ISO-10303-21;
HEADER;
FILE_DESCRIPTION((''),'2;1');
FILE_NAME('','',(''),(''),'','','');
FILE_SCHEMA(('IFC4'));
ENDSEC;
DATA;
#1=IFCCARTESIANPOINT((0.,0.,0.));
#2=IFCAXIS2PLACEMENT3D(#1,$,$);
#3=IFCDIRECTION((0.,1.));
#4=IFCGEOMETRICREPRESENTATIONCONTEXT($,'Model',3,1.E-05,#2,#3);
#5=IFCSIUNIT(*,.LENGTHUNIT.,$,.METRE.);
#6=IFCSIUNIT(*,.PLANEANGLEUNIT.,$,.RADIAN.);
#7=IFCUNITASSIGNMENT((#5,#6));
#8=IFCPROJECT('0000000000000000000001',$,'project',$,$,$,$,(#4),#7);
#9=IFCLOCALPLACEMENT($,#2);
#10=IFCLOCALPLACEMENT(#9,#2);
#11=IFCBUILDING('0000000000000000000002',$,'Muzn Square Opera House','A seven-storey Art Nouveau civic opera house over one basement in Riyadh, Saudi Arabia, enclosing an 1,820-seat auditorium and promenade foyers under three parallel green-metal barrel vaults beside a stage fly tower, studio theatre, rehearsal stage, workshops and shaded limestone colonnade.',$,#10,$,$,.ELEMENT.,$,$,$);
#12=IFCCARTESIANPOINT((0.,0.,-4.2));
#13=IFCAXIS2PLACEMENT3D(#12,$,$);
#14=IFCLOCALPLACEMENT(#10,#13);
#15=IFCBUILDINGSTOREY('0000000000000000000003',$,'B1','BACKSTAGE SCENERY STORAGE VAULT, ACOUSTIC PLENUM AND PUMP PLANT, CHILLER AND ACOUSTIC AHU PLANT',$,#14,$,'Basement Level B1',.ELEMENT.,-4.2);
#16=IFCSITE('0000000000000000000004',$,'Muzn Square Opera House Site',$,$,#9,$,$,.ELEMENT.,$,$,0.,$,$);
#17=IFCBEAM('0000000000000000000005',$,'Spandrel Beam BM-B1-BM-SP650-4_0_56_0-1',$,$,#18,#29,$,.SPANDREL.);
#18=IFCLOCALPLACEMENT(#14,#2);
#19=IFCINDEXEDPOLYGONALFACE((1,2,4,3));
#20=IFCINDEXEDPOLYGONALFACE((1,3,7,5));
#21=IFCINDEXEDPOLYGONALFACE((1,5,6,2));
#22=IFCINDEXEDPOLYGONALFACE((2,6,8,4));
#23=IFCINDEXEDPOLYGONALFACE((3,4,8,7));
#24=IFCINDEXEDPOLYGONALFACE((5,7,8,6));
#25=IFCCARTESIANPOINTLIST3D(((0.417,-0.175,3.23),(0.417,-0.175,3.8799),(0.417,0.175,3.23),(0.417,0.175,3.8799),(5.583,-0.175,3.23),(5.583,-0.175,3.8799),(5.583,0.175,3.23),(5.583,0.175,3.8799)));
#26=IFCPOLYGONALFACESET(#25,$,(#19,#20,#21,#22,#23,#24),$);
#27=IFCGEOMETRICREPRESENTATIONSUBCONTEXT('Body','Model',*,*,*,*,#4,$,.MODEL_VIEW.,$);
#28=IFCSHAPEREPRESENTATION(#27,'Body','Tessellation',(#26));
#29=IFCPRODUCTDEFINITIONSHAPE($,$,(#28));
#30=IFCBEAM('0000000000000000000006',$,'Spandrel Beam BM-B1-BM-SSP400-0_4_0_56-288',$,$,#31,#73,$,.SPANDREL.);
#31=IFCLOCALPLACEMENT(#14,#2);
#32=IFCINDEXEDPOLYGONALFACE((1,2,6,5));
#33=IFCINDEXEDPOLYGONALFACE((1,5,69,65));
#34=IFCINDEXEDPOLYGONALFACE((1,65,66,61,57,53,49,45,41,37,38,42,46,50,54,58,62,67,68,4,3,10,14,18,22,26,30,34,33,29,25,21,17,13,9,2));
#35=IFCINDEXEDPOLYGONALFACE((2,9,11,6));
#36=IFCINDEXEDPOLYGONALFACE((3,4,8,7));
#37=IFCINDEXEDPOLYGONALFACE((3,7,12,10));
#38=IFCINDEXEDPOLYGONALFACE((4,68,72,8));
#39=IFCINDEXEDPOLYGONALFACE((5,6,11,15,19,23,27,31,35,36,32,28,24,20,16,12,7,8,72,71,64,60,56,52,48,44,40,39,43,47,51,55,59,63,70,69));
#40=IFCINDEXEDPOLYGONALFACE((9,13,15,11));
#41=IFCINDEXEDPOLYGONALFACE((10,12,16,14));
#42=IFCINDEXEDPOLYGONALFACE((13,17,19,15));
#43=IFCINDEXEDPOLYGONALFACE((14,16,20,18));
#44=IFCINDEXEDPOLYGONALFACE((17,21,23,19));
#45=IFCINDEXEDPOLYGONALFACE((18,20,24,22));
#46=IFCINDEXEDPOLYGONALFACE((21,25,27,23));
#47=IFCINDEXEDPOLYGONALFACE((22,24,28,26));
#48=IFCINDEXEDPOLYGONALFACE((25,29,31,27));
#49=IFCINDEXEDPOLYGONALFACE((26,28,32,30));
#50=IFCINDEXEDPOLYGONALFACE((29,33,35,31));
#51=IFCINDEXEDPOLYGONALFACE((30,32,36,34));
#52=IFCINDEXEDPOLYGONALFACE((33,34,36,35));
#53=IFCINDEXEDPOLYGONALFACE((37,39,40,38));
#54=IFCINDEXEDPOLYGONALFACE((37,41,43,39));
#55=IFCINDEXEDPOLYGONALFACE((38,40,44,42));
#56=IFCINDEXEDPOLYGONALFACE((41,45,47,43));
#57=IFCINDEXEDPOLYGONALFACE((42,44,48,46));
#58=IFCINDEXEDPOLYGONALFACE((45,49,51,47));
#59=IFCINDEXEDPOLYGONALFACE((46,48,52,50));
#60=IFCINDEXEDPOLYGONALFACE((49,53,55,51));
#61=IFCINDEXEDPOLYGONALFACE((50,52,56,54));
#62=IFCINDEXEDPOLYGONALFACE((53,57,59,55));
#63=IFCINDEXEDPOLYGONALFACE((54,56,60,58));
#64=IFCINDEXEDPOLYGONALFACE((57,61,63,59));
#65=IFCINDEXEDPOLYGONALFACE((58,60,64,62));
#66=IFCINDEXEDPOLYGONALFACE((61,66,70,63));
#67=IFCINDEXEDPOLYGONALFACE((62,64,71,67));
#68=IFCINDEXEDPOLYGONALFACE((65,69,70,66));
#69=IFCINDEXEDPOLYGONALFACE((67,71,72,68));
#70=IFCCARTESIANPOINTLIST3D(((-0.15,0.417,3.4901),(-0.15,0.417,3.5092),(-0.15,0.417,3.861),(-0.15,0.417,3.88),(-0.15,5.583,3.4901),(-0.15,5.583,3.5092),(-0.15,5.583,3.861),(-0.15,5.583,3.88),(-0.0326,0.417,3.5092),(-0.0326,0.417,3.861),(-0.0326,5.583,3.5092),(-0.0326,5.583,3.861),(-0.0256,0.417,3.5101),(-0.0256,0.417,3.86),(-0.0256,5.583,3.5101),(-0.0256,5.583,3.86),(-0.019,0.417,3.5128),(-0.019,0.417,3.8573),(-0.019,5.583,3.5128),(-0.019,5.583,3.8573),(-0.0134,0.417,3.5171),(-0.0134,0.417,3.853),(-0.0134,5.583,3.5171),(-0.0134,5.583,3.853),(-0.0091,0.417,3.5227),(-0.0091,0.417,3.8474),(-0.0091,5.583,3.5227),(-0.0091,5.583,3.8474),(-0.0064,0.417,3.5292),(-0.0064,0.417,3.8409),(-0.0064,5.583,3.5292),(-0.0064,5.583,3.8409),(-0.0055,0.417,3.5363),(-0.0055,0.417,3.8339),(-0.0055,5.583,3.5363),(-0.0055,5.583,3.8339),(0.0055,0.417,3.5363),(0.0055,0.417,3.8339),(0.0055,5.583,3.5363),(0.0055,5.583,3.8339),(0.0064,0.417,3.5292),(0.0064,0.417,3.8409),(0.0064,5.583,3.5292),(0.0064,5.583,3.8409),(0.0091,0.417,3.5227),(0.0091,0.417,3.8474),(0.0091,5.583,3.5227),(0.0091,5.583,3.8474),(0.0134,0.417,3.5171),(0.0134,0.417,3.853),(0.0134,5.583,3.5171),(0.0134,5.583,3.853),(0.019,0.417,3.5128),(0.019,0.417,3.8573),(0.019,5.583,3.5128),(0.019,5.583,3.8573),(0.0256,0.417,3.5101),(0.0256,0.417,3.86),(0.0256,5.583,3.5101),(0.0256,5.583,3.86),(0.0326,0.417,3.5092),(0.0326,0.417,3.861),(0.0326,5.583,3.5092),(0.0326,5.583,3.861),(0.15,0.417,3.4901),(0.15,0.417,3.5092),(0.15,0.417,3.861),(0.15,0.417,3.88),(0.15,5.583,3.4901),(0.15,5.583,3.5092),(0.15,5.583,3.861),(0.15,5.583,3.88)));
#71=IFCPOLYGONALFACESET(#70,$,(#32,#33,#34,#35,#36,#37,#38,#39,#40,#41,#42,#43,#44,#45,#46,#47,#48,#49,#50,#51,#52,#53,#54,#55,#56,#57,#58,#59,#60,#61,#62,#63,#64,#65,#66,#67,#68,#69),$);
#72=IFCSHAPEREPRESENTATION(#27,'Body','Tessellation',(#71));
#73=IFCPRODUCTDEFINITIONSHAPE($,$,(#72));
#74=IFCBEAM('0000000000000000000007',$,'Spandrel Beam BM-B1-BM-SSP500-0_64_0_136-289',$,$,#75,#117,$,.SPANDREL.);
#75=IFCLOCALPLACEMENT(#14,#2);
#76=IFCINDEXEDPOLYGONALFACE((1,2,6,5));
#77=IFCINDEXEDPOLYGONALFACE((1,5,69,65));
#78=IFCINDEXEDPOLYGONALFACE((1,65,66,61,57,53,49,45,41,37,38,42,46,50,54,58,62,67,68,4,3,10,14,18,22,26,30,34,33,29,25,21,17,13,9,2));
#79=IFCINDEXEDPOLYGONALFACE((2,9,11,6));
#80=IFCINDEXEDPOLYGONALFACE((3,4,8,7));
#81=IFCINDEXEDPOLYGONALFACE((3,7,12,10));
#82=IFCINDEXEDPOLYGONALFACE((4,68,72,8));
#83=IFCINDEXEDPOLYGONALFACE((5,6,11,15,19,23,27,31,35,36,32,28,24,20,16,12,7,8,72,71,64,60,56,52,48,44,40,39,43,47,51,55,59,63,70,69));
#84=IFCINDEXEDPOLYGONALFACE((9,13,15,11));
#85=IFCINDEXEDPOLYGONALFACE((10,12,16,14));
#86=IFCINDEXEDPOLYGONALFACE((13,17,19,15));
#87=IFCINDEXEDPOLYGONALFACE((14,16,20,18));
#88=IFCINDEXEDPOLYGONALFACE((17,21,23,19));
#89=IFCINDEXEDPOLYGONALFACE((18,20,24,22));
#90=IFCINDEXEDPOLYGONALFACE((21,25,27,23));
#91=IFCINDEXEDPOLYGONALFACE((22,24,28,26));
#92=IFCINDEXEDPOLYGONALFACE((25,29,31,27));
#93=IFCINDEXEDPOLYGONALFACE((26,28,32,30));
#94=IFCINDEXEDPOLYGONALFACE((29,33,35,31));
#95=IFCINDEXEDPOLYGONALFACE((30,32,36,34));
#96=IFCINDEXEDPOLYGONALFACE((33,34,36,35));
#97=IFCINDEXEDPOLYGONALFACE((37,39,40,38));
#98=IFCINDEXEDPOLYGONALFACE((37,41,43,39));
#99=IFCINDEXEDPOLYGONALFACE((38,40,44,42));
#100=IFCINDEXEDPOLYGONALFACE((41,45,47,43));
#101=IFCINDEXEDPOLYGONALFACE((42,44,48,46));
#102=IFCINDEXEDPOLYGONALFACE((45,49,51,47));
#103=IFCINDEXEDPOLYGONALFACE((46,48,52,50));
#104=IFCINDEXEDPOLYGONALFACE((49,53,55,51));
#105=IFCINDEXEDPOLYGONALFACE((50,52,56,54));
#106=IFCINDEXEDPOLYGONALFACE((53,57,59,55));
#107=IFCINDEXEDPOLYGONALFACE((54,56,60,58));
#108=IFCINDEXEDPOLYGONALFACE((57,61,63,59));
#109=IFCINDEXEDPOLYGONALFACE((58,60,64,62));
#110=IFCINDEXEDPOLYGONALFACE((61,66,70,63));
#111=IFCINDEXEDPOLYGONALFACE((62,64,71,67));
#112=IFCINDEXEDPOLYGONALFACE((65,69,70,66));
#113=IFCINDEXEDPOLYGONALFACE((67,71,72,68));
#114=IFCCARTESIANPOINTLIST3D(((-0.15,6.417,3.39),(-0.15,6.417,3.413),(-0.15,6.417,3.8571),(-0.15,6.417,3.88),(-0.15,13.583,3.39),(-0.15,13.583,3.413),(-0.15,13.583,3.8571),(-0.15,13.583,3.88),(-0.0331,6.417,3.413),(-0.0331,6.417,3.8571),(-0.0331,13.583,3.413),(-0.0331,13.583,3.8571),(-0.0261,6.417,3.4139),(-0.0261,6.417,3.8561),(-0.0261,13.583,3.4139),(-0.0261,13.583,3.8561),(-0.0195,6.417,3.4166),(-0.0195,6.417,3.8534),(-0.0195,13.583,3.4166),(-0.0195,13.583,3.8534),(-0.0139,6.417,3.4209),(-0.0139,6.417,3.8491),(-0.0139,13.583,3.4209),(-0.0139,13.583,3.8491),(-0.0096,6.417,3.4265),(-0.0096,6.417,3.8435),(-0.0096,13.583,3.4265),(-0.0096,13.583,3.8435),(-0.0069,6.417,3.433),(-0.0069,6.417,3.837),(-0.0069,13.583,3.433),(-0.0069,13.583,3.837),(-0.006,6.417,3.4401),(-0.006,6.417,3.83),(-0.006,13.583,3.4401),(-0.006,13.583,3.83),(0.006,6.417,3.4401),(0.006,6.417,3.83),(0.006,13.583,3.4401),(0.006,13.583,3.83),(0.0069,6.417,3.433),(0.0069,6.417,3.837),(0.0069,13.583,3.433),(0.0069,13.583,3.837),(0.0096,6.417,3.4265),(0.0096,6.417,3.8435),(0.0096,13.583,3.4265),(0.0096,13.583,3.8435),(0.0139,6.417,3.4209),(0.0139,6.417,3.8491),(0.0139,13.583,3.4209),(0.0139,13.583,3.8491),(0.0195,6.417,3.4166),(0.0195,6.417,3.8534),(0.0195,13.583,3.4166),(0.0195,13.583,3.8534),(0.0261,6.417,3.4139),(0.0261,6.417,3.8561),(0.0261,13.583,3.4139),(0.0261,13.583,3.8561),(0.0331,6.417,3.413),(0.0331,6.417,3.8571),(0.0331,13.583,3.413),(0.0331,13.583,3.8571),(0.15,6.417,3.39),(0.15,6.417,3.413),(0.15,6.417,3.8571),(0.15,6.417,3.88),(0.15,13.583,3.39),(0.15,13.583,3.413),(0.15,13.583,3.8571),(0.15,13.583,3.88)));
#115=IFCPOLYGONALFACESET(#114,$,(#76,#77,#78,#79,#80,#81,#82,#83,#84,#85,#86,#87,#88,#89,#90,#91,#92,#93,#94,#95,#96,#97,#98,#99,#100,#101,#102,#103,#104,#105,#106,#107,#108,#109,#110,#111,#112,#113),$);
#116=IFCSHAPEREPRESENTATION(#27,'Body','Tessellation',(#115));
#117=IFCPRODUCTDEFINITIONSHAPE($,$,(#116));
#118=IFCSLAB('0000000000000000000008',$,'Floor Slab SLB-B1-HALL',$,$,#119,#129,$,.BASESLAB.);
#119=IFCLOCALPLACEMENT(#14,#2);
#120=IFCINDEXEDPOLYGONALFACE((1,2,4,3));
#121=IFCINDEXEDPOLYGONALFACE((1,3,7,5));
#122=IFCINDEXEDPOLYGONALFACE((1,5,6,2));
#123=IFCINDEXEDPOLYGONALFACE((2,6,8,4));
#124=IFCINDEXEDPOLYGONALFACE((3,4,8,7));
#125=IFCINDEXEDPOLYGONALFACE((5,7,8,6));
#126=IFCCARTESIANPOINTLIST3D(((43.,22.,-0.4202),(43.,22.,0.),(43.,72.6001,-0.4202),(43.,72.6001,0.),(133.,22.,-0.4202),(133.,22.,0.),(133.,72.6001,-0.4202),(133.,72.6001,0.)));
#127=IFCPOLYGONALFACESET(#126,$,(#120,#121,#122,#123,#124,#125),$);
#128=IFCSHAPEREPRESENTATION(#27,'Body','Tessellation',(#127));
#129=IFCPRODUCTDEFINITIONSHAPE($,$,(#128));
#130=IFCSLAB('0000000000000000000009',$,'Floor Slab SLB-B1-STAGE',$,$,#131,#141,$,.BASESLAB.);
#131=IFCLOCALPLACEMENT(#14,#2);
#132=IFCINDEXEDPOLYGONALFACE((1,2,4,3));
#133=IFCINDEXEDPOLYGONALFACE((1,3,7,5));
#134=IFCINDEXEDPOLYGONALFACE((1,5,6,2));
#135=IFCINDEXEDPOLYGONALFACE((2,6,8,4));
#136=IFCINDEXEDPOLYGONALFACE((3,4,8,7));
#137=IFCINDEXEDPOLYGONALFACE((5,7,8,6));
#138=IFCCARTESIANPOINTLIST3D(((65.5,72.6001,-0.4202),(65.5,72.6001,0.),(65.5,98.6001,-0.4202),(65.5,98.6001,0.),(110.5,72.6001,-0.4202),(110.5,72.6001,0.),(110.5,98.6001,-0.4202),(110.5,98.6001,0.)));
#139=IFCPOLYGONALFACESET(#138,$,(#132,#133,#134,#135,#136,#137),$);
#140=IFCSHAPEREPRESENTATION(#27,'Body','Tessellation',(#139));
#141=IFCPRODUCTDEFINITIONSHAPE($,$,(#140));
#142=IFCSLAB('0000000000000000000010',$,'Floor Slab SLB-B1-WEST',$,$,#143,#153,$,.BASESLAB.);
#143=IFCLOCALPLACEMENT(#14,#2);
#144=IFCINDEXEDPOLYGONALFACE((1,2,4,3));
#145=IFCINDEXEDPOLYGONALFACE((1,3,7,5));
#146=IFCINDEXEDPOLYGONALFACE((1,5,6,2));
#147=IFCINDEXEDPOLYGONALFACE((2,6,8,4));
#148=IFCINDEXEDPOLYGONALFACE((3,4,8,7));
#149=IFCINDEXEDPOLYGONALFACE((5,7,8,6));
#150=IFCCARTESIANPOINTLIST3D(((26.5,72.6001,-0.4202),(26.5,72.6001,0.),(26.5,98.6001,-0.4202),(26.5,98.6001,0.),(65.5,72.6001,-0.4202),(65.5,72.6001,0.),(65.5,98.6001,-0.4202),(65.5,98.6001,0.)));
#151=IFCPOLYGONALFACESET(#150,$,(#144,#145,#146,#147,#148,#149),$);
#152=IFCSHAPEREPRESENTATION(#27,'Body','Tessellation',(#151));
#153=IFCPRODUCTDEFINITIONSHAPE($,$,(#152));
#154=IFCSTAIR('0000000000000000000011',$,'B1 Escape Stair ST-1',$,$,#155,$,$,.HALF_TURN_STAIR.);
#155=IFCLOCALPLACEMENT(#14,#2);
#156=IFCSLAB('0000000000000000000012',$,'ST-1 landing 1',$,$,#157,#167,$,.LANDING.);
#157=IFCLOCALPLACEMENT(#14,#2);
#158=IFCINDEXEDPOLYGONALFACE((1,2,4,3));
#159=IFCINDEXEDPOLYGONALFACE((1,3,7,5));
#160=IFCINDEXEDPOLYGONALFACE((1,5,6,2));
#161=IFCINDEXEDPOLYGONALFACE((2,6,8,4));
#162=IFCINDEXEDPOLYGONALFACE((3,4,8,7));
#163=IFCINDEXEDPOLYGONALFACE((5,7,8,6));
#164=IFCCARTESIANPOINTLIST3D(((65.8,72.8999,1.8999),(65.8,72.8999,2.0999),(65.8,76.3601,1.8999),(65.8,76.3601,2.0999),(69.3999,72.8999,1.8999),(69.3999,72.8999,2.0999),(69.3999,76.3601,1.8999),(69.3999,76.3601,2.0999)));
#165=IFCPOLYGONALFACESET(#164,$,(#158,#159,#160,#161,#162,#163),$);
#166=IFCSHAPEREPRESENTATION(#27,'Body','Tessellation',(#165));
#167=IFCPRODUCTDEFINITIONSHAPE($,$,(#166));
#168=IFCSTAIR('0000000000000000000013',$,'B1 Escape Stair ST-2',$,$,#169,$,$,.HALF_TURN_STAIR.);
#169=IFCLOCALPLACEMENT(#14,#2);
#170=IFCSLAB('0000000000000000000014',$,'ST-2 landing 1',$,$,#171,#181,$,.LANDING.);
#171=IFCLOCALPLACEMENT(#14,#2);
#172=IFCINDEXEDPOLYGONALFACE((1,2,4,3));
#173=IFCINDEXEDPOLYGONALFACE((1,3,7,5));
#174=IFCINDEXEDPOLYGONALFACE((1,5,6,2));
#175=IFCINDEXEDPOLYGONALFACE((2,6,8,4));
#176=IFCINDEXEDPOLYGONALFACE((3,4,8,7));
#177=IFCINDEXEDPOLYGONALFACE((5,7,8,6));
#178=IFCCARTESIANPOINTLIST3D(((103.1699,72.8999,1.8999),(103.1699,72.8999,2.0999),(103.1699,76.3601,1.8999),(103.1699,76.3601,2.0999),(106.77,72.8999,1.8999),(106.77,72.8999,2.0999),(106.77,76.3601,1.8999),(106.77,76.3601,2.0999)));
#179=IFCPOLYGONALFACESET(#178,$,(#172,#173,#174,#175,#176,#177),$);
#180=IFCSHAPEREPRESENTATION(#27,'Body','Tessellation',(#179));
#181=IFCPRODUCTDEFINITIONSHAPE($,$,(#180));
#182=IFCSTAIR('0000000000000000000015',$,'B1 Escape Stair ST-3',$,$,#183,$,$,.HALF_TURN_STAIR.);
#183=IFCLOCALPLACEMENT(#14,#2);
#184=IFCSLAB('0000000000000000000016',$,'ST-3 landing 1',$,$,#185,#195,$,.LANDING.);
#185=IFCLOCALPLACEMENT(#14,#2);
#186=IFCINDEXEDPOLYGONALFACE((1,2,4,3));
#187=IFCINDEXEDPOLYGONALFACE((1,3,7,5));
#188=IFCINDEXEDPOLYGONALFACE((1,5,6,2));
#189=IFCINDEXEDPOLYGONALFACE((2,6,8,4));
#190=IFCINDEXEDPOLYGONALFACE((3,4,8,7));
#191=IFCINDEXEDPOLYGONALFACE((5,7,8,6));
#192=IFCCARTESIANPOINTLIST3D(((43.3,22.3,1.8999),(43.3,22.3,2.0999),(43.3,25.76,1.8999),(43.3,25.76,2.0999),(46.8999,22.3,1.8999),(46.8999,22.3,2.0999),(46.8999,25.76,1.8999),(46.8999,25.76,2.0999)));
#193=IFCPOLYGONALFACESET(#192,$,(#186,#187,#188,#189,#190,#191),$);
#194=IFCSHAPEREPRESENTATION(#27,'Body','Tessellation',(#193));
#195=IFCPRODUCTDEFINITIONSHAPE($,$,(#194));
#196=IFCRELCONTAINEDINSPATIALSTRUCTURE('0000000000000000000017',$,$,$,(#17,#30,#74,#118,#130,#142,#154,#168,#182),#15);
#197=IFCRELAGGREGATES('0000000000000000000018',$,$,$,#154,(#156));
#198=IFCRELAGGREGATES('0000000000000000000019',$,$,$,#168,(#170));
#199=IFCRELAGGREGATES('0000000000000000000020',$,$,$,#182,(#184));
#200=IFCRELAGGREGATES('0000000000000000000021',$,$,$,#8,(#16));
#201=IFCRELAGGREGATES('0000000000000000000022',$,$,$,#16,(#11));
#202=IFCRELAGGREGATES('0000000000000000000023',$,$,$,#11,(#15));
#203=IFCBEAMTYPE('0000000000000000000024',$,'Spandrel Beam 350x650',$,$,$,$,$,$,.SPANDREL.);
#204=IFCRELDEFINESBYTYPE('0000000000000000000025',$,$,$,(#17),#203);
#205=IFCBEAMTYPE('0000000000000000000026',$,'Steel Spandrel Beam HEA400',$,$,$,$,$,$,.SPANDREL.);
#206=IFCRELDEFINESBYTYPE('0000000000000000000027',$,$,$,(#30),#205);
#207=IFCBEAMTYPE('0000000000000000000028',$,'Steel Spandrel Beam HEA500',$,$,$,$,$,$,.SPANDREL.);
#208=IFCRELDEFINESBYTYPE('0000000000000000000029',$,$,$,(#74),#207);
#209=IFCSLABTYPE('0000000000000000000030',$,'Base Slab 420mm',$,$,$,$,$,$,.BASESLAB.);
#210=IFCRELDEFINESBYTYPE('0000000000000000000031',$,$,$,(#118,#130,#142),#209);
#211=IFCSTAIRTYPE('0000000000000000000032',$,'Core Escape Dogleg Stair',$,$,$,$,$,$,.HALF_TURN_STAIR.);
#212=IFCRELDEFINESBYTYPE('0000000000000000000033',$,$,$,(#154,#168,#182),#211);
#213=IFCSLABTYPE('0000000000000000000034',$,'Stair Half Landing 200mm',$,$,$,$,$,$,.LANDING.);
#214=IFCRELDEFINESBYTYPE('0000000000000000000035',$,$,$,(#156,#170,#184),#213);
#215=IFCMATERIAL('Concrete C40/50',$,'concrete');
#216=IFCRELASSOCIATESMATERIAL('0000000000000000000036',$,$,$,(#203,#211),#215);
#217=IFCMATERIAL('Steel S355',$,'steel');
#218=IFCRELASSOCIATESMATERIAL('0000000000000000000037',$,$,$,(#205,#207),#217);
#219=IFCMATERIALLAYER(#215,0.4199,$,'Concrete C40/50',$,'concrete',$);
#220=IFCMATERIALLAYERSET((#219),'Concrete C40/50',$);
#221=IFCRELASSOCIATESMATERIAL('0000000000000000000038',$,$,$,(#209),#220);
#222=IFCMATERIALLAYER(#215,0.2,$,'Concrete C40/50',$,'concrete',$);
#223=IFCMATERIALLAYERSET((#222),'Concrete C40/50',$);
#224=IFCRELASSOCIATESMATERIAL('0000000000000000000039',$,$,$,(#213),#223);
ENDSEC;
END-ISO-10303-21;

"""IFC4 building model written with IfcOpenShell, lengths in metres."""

from ifc_helpers import new_model, si_unit, direction, frame, origin, origin_2d, place, context, subcontext, project, spatial, polyline, rectangle, i_section, outline, extrude, material, layer, layer_set, material_profile, profile_set, type_object, element, aggregate, save


model = new_model("IFC4")

# Units and contexts
model_context = context("Model", 3, precision=1e-05, world=origin(), true_north=direction((0.0, 1.0)))
body_context = subcontext(model_context, "Body", "Model", "MODEL_VIEW")
ifc_project = project(units=[si_unit("LENGTHUNIT", "METRE"), si_unit("PLANEANGLEUNIT", "RADIAN")], contexts=[model_context])

# Site, building, storey
site_placement = place(None, origin())
site = spatial("IfcSite", under=ifc_project, at=site_placement, Name="Muzn Square Opera House Site", CompositionType="ELEMENT", RefElevation=0.0)
building_placement = place(site_placement, origin())
building = spatial("IfcBuilding", under=site, at=building_placement, Name="Muzn Square Opera House", Description="A seven-storey Art Nouveau civic opera house over one basement in Riyadh, Saudi Arabia, enclosing an 1,820-seat auditorium and promenade foyers under three parallel green-metal barrel vaults beside a stage fly tower, studio theatre, rehearsal stage, workshops and shaded limestone colonnade.", CompositionType="ELEMENT")
storey_placement = place(building_placement, frame((0.0, 0.0, -4.2)))
storey = spatial("IfcBuildingStorey", under=building, at=storey_placement, Name="B1", Description="BACKSTAGE SCENERY STORAGE VAULT, ACOUSTIC PLENUM AND PUMP PLANT, CHILLER AND ACOUSTIC AHU PLANT", LongName="Basement Level B1", CompositionType="ELEMENT", Elevation=-4.2)

# Shared definitions
ifc_material_1 = material(Name="Concrete C40/50", Category="concrete")

# Beams
ifc_material_profile_1 = material_profile(ifc_material_1, rectangle(XDim=0.3501, YDim=0.6499, at=origin_2d()), Name="RCS 350x650", Category="concrete")
ifc_profile_set_1 = profile_set([ifc_material_profile_1], Name="Concrete C40/50")
beam_type_1 = type_object("IfcBeamType", Name="Spandrel Beam 350x650", PredefinedType="SPANDREL", material=ifc_profile_set_1)
beam_1_placement = place(storey_placement, frame((0.417, 0.0, 3.5549), z_axis=(1.0, 0.0, 0.0), x_axis=(0.0, 1.0, 0.0)))
element("IfcBeam", 1, at=beam_1_placement, inside=storey, type_object=beam_type_1, Name="Spandrel Beam BM-B1-BM-SP650-4_0_56_0-1", PredefinedType="SPANDREL", context=body_context, shape_type="SweptSolid", body=[
    extrude(rectangle(XDim=0.3501, YDim=0.6499, at=origin_2d()), origin(), (0.0, 0.0, 1.0), 5.166),
])
ifc_material_2 = material(Name="Steel S355", Category="steel")
ifc_material_profile_2 = material_profile(ifc_material_2, i_section(OverallWidth=0.3, OverallDepth=0.3899, WebThickness=0.011, FlangeThickness=0.019, FilletRadius=0.0271, at=origin_2d()), Name="HEA 400", Category="steel")
ifc_profile_set_2 = profile_set([ifc_material_profile_2], Name="Steel S355")
beam_type_2 = type_object("IfcBeamType", Name="Steel Spandrel Beam HEA400", PredefinedType="SPANDREL", material=ifc_profile_set_2)
beam_2_placement = place(storey_placement, frame((0.0, 0.417, 3.6851), z_axis=(0.0, 1.0, 0.0), x_axis=(-1.0, 0.0, 0.0)))
element("IfcBeam", 2, at=beam_2_placement, inside=storey, type_object=beam_type_2, Name="Spandrel Beam BM-B1-BM-SSP400-0_4_0_56-288", PredefinedType="SPANDREL", context=body_context, shape_type="SweptSolid", body=[
    extrude(i_section(OverallWidth=0.3, OverallDepth=0.3899, WebThickness=0.011, FlangeThickness=0.019, FilletRadius=0.0271, at=origin_2d()), origin(), (0.0, 0.0, 1.0), 5.166),
])
ifc_material_profile_3 = material_profile(ifc_material_2, i_section(OverallWidth=0.3, OverallDepth=0.49, WebThickness=0.012, FlangeThickness=0.0229, FilletRadius=0.0271, at=origin_2d()), Name="HEA 500", Category="steel")
ifc_profile_set_3 = profile_set([ifc_material_profile_3], Name="Steel S355")
beam_type_3 = type_object("IfcBeamType", Name="Steel Spandrel Beam HEA500", PredefinedType="SPANDREL", material=ifc_profile_set_3)
beam_3_placement = place(storey_placement, frame((0.0, 6.417, 3.635), z_axis=(0.0, 1.0, 0.0), x_axis=(-1.0, 0.0, 0.0)))
element("IfcBeam", 3, at=beam_3_placement, inside=storey, type_object=beam_type_3, Name="Spandrel Beam BM-B1-BM-SSP500-0_64_0_136-289", PredefinedType="SPANDREL", context=body_context, shape_type="SweptSolid", body=[
    extrude(i_section(OverallWidth=0.3, OverallDepth=0.49, WebThickness=0.012, FlangeThickness=0.0229, FilletRadius=0.0271, at=origin_2d()), origin(), (0.0, 0.0, 1.0), 7.166),
])

# Slabs
ifc_layer_1 = layer(ifc_material_1, 0.4199, Name="Concrete C40/50", Category="concrete")
ifc_layer_set_1 = layer_set([ifc_layer_1], Name="Concrete C40/50")
slab_type_1 = type_object("IfcSlabType", Name="Base Slab 420mm", PredefinedType="BASESLAB", material=ifc_layer_set_1)
slab_1_placement = place(storey_placement, frame((0.0, 0.0, -0.4202)))
element("IfcSlab", 4, at=slab_1_placement, inside=storey, type_object=slab_type_1, Name="Floor Slab SLB-B1-HALL", PredefinedType="BASESLAB", context=body_context, shape_type="SweptSolid", body=[
    extrude(outline(polyline([(43.0, 22.0), (133.0, 22.0), (133.0, 72.6001), (43.0, 72.6001), (43.0, 22.0)])), origin(), (0.0, 0.0, 1.0), 0.4202),
])
slab_2_placement = place(storey_placement, frame((0.0, 0.0, -0.4202)))
element("IfcSlab", 5, at=slab_2_placement, inside=storey, type_object=slab_type_1, Name="Floor Slab SLB-B1-STAGE", PredefinedType="BASESLAB", context=body_context, shape_type="SweptSolid", body=[
    extrude(outline(polyline([(65.5, 72.6001), (110.5, 72.6001), (110.5, 98.6001), (65.5, 98.6001), (65.5, 72.6001)])), origin(), (0.0, 0.0, 1.0), 0.4202),
])
slab_3_placement = place(storey_placement, frame((0.0, 0.0, -0.4202)))
element("IfcSlab", 6, at=slab_3_placement, inside=storey, type_object=slab_type_1, Name="Floor Slab SLB-B1-WEST", PredefinedType="BASESLAB", context=body_context, shape_type="SweptSolid", body=[
    extrude(outline(polyline([(26.5, 72.6001), (65.5, 72.6001), (65.5, 98.6001), (26.5, 98.6001), (26.5, 72.6001)])), origin(), (0.0, 0.0, 1.0), 0.4202),
])

# Stairs, slabs
stair_type = type_object("IfcStairType", Name="Core Escape Dogleg Stair", PredefinedType="HALF_TURN_STAIR", material=ifc_material_1)
stair_1_placement = place(storey_placement, origin())
stair_1 = element("IfcStair", 7, at=stair_1_placement, inside=storey, type_object=stair_type, Name="B1 Escape Stair ST-1", PredefinedType="HALF_TURN_STAIR")
ifc_layer_2 = layer(ifc_material_1, 0.2, Name="Concrete C40/50", Category="concrete")
ifc_layer_set_2 = layer_set([ifc_layer_2], Name="Concrete C40/50")
slab_type_2 = type_object("IfcSlabType", Name="Stair Half Landing 200mm", PredefinedType="LANDING", material=ifc_layer_set_2)
slab_4_placement = place(storey_placement, frame((0.0, 0.0, 1.8999)))
slab_4 = element("IfcSlab", 8, at=slab_4_placement, type_object=slab_type_2, Name="ST-1 landing 1", PredefinedType="LANDING", context=body_context, shape_type="SweptSolid", body=[
    extrude(outline(polyline([(65.8, 76.3601), (65.8, 72.8999), (69.3999, 72.8999), (69.3999, 76.3601), (65.8, 76.3601)])), origin(), (0.0, 0.0, 1.0), 0.2),
])
aggregate(stair_1, [slab_4])
stair_2_placement = place(storey_placement, origin())
stair_2 = element("IfcStair", 9, at=stair_2_placement, inside=storey, type_object=stair_type, Name="B1 Escape Stair ST-2", PredefinedType="HALF_TURN_STAIR")
slab_5_placement = place(storey_placement, frame((0.0, 0.0, 1.8999)))
slab_5 = element("IfcSlab", 10, at=slab_5_placement, type_object=slab_type_2, Name="ST-2 landing 1", PredefinedType="LANDING", context=body_context, shape_type="SweptSolid", body=[
    extrude(outline(polyline([(103.1699, 76.3601), (103.1699, 72.8999), (106.77, 72.8999), (106.77, 76.3601), (103.1699, 76.3601)])), origin(), (0.0, 0.0, 1.0), 0.2),
])
aggregate(stair_2, [slab_5])
stair_3_placement = place(storey_placement, origin())
stair_3 = element("IfcStair", 11, at=stair_3_placement, inside=storey, type_object=stair_type, Name="B1 Escape Stair ST-3", PredefinedType="HALF_TURN_STAIR")
slab_6_placement = place(storey_placement, frame((0.0, 0.0, 1.8999)))
slab_6 = element("IfcSlab", 12, at=slab_6_placement, type_object=slab_type_2, Name="ST-3 landing 1", PredefinedType="LANDING", context=body_context, shape_type="SweptSolid", body=[
    extrude(outline(polyline([(43.3, 25.76), (43.3, 22.3), (46.8999, 22.3), (46.8999, 25.76), (43.3, 25.76)])), origin(), (0.0, 0.0, 1.0), 0.2),
])
aggregate(stair_3, [slab_6])

save(model, "model.ifc")
